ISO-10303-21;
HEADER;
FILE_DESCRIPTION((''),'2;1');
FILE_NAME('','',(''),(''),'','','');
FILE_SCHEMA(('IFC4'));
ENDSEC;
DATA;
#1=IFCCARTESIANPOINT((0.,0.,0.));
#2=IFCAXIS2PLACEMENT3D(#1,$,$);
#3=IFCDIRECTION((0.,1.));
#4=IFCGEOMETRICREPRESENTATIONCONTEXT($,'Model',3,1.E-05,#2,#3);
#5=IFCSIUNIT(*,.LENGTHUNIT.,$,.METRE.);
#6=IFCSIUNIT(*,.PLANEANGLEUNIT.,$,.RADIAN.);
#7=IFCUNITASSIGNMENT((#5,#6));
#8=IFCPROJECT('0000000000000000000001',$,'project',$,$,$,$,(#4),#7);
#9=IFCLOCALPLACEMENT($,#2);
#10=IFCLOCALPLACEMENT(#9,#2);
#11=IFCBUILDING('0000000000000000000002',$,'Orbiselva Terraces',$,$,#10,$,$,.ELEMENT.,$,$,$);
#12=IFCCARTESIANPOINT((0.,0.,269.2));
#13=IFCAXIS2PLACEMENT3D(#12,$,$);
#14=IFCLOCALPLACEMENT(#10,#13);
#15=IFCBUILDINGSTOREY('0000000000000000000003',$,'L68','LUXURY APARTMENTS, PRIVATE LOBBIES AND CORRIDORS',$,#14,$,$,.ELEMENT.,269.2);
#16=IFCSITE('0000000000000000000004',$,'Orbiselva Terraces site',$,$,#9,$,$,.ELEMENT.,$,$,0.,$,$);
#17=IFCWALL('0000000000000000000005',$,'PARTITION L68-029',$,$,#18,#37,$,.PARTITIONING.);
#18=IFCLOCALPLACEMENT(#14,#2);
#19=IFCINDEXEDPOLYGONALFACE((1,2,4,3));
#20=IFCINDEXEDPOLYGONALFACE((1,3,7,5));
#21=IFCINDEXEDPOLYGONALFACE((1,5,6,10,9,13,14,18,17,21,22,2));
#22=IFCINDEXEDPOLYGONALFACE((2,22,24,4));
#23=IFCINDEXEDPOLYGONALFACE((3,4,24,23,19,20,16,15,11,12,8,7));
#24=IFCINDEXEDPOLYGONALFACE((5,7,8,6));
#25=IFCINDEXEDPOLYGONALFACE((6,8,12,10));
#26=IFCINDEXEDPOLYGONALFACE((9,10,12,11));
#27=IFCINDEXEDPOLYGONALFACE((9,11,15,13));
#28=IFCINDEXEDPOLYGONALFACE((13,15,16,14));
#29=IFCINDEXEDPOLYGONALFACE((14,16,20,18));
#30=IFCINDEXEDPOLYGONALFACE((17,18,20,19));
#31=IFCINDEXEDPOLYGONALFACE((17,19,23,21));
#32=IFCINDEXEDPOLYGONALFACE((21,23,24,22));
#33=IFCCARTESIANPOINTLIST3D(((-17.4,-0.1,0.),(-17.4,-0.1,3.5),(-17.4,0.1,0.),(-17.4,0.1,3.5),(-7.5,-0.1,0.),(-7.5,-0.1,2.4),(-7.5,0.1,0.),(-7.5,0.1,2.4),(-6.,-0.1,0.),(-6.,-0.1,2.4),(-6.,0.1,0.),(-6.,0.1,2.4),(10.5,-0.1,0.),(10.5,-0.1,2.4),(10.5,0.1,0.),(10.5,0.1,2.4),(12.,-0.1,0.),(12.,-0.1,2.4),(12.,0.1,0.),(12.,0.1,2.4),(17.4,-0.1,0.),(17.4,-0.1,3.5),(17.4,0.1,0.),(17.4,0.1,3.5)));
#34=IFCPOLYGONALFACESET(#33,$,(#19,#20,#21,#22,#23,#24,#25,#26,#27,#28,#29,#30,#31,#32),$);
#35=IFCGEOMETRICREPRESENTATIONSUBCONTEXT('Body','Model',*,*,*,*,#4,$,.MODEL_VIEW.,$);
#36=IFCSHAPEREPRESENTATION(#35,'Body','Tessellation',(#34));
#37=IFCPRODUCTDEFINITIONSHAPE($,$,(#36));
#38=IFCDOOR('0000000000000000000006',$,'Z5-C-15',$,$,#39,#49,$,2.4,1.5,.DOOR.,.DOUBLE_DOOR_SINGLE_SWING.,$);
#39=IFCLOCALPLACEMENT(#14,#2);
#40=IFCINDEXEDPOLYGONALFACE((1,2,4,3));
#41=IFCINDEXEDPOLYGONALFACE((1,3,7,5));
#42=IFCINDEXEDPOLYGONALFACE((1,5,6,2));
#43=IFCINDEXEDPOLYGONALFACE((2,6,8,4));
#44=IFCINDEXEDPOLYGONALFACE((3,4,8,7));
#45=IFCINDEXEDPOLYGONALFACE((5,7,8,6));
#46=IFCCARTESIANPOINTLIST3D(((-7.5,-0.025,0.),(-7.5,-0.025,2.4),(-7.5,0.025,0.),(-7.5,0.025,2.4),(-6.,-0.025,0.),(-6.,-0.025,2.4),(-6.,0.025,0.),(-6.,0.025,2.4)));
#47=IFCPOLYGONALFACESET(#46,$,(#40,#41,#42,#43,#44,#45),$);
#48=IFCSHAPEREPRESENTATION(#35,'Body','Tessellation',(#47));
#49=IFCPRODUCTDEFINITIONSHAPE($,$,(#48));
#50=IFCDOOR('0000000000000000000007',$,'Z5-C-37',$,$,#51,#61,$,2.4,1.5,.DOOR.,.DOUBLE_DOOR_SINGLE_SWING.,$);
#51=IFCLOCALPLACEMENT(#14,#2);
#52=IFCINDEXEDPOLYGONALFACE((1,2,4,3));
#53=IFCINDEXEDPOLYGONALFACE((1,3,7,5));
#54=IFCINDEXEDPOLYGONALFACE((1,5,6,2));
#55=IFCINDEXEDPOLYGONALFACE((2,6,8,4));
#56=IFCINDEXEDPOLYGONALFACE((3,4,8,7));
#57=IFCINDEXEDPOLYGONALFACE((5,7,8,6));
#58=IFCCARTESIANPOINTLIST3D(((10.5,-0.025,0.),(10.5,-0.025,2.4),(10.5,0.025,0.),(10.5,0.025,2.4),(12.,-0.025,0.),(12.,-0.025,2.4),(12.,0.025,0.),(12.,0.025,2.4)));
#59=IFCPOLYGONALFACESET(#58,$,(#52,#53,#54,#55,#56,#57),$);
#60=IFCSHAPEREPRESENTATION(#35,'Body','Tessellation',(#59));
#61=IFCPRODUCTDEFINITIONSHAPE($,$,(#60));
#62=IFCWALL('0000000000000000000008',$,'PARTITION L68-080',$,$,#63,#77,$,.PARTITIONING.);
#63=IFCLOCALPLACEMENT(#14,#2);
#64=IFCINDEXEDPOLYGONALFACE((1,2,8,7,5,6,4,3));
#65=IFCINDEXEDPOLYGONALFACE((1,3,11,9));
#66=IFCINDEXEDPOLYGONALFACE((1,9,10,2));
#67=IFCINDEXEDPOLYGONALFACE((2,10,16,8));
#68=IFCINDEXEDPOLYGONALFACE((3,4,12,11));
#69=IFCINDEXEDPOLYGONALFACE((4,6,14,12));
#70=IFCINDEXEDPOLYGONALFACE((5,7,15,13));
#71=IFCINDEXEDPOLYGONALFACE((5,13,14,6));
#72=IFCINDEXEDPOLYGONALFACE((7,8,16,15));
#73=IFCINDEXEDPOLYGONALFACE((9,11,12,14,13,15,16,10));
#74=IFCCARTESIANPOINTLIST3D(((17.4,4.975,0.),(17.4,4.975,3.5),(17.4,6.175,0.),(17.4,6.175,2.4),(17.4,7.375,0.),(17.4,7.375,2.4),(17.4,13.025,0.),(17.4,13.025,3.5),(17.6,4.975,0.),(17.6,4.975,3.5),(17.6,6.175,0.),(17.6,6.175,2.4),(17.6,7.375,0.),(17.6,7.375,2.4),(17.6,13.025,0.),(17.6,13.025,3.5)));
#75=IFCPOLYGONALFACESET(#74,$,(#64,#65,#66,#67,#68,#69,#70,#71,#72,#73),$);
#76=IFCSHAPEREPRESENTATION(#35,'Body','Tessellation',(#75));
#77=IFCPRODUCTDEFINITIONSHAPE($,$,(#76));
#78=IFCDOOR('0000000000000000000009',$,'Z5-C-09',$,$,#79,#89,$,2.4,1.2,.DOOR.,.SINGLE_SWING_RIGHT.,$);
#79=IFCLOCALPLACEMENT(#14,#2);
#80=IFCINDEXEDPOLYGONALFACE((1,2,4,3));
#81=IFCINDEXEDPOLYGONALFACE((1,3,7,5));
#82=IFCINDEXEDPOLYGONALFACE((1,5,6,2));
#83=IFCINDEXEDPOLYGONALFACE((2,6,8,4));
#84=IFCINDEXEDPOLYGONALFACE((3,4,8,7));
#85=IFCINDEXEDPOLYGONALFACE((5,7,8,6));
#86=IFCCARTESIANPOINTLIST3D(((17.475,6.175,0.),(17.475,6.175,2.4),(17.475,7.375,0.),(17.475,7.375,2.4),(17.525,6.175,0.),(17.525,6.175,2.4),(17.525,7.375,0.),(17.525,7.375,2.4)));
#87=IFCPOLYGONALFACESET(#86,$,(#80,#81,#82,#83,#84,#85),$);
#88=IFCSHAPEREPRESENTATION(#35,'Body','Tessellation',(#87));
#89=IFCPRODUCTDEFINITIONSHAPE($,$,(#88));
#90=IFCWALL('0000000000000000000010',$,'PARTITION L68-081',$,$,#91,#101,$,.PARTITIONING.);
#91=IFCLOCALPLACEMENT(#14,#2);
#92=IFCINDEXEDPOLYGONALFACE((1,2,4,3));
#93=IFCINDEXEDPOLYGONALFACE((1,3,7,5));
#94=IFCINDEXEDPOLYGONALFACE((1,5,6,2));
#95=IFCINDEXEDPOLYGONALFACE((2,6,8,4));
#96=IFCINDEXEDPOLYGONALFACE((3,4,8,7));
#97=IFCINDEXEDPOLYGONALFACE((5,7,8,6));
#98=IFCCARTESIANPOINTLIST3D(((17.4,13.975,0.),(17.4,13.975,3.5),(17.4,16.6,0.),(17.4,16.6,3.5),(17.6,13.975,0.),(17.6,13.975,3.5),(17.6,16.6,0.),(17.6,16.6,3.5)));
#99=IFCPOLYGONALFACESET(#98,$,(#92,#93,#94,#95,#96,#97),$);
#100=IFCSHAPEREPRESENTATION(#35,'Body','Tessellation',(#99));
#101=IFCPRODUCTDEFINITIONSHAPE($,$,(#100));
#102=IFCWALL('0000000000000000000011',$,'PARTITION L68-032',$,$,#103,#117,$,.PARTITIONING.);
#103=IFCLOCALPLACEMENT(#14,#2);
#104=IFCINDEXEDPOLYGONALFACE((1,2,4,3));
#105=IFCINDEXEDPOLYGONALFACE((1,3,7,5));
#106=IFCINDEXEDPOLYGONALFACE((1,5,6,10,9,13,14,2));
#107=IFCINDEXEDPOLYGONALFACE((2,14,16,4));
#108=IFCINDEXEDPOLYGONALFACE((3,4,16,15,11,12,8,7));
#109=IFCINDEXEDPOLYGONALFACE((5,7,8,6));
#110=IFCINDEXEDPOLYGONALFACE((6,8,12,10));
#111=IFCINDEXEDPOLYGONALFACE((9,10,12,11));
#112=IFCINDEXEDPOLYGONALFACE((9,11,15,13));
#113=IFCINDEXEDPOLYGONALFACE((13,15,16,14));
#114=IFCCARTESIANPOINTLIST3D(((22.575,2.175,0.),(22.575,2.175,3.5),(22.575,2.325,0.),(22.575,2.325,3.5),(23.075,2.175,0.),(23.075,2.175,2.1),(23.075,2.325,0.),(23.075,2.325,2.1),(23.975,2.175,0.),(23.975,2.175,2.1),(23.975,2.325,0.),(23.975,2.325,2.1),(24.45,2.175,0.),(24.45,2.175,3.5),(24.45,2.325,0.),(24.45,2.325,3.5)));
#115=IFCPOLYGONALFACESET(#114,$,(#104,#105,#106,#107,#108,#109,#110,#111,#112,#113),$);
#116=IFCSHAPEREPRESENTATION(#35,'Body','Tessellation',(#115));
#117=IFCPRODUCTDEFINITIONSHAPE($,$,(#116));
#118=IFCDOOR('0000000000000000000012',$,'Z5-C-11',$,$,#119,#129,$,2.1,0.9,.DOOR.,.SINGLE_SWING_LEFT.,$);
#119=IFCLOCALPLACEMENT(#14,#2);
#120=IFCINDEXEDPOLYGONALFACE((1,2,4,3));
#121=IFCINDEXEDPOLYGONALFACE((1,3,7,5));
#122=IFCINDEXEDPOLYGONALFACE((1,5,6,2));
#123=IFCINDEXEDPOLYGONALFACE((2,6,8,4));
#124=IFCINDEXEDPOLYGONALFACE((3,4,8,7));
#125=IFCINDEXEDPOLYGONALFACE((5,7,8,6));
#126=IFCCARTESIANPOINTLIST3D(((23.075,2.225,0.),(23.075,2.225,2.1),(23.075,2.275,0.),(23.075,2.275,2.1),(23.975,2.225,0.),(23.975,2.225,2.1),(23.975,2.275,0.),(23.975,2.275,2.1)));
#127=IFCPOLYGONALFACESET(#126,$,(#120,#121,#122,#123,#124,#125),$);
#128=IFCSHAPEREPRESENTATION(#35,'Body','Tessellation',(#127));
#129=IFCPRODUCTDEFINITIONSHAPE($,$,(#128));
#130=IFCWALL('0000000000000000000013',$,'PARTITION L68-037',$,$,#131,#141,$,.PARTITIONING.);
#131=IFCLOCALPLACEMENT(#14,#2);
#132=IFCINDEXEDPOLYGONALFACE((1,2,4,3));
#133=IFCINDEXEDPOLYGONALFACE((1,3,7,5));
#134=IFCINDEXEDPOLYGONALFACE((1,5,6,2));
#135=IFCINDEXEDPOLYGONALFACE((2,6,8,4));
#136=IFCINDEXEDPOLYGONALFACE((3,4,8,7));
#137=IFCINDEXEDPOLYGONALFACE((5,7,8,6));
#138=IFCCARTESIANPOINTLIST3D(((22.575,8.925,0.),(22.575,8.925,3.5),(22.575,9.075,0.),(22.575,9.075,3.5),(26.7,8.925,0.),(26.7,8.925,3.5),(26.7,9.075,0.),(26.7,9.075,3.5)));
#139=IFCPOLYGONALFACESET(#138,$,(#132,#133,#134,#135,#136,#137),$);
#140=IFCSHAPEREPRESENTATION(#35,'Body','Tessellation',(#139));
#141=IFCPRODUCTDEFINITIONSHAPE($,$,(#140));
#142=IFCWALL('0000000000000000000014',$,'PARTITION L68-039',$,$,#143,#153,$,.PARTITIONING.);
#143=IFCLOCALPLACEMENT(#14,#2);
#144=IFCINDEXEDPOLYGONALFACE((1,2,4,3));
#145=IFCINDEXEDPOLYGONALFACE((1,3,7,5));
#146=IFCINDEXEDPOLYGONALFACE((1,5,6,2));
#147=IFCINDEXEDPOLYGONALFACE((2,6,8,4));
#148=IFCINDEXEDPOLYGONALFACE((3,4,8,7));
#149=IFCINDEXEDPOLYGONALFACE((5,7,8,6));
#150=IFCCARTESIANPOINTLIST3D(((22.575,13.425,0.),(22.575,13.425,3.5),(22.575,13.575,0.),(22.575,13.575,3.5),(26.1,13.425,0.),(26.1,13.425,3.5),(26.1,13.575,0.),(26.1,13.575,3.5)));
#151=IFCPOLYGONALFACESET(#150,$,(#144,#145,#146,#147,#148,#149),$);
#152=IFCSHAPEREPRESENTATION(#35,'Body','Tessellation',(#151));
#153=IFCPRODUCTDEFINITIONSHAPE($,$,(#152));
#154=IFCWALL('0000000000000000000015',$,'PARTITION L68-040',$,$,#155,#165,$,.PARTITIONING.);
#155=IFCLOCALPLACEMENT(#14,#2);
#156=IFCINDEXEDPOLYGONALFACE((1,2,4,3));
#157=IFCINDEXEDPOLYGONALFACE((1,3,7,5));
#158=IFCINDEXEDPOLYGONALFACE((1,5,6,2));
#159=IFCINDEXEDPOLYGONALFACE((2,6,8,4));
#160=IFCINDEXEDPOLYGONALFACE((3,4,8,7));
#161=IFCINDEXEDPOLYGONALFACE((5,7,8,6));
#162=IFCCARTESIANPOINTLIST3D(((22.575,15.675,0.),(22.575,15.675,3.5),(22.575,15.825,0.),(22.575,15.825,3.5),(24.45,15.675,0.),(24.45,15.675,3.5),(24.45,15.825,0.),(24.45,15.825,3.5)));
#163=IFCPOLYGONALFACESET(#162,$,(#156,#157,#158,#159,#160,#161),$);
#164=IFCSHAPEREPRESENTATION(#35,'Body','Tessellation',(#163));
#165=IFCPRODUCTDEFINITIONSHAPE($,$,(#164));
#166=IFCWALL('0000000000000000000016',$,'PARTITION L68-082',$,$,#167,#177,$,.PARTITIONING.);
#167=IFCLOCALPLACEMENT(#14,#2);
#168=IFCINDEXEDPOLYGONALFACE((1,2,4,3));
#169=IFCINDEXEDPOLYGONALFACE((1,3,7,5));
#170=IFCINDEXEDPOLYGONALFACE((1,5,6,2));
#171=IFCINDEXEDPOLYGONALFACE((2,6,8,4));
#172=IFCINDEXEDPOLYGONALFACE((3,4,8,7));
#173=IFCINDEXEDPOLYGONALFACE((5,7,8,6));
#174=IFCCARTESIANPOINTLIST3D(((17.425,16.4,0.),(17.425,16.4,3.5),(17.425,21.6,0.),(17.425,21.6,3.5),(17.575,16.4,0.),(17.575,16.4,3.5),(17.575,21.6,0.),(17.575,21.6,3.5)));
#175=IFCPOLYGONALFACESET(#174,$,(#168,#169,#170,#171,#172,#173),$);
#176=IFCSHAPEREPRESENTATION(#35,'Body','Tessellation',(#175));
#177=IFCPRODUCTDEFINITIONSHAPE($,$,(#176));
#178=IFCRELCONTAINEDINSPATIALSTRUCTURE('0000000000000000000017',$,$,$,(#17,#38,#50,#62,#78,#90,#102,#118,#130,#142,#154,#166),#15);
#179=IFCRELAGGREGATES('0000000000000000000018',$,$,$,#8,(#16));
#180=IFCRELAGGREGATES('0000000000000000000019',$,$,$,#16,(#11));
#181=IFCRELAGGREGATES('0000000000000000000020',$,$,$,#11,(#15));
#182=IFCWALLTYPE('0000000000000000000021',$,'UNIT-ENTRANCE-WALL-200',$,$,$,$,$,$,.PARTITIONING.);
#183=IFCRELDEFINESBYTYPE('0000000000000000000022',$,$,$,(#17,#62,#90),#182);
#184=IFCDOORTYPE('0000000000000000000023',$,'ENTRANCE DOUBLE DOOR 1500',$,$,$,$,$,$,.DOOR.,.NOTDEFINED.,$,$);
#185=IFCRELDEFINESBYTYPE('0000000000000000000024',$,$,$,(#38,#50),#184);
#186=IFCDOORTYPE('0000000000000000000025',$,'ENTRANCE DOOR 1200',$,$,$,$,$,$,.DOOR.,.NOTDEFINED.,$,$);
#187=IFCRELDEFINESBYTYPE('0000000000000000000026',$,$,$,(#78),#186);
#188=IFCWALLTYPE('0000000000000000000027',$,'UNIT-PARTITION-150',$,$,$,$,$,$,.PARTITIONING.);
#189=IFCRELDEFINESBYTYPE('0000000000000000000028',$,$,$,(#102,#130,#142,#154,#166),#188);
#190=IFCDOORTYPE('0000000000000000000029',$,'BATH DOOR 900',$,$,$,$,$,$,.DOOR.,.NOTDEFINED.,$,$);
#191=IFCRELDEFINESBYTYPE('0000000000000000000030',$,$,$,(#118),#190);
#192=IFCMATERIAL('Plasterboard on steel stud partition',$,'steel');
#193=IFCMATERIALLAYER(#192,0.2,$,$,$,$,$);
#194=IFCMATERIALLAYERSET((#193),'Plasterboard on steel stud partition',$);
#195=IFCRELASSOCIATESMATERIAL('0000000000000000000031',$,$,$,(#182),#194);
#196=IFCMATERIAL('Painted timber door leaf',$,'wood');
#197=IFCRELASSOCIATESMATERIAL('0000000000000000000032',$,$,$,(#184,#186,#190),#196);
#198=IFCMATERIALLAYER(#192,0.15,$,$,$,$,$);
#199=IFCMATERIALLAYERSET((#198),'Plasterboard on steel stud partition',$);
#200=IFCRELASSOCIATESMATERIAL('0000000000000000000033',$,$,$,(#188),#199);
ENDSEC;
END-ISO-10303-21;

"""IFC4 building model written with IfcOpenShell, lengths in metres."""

from ifc_helpers import new_model, si_unit, direction, frame, frame_2d, origin, place, context, subcontext, project, spatial, rectangle, extrude, material, layer, layer_set, type_object, element, fill, save


model = new_model("IFC4")

# Units and contexts
model_context = context("Model", 3, precision=1e-05, world=origin(), true_north=direction((0.0, 1.0)))
body_context = subcontext(model_context, "Body", "Model", "MODEL_VIEW")
ifc_project = project(units=[si_unit("LENGTHUNIT", "METRE"), si_unit("PLANEANGLEUNIT", "RADIAN")], contexts=[model_context])

# Site, building, storey
site_placement = place(None, origin())
site = spatial("IfcSite", under=ifc_project, at=site_placement, Name="Orbiselva Terraces site", CompositionType="ELEMENT", RefElevation=0.0)
building_placement = place(site_placement, origin())
building = spatial("IfcBuilding", under=site, at=building_placement, Name="Orbiselva Terraces", CompositionType="ELEMENT")
storey_placement = place(building_placement, frame((0.0, 0.0, 269.2)))
storey = spatial("IfcBuildingStorey", under=building, at=storey_placement, Name="L68", Description="LUXURY APARTMENTS, PRIVATE LOBBIES AND CORRIDORS", CompositionType="ELEMENT", Elevation=269.2)

# Wall, openings, doors
ifc_material_1 = material(Name="Plasterboard on steel stud partition", Category="steel")
ifc_layer_1 = layer(ifc_material_1, 0.2)
ifc_layer_set_1 = layer_set([ifc_layer_1], Name="Plasterboard on steel stud partition")
wall_type_1 = type_object("IfcWallType", Name="UNIT-ENTRANCE-WALL-200", PredefinedType="PARTITIONING", material=ifc_layer_set_1)
wall_1_placement = place(storey_placement, frame((17.4, 0.0, 0.0), z_axis=(0.0, 0.0, 1.0), x_axis=(-1.0, 0.0, 0.0)))
wall_1 = element("IfcWall", 1, at=wall_1_placement, inside=storey, type_object=wall_type_1, Name="PARTITION L68-029", PredefinedType="PARTITIONING", context=body_context, shape_type="SweptSolid", body=[
    extrude(rectangle(XDim=34.8, YDim=0.2, at=frame_2d((17.4, 0.0))), origin(), (0.0, 0.0, 1.0), 3.5),
])
opening_1_placement = place(wall_1_placement, frame((23.4, 0.0, 0.0)))
opening_1 = element("IfcOpeningElement", 2, at=opening_1_placement, cuts=wall_1, PredefinedType="OPENING", context=body_context, shape_type="SweptSolid", body=[
    extrude(rectangle(XDim=1.5, YDim=2.4, at=frame_2d((0.75, 1.2))), frame((0.0, 0.11, 0.0), z_axis=(0.0, -1.0, 0.0), x_axis=(1.0, 0.0, 0.0)), (0.0, 0.0, 1.0), 0.22),
])
opening_2_placement = place(wall_1_placement, frame((5.4, 0.0, 0.0)))
opening_2 = element("IfcOpeningElement", 3, at=opening_2_placement, cuts=wall_1, PredefinedType="OPENING", context=body_context, shape_type="SweptSolid", body=[
    extrude(rectangle(XDim=1.5, YDim=2.4, at=frame_2d((0.75, 1.2))), frame((0.0, 0.11, 0.0), z_axis=(0.0, -1.0, 0.0), x_axis=(1.0, 0.0, 0.0)), (0.0, 0.0, 1.0), 0.22),
])
ifc_material_2 = material(Name="Painted timber door leaf", Category="wood")
door_type_1 = type_object("IfcDoorType", Name="ENTRANCE DOUBLE DOOR 1500", OperationType="NOTDEFINED", PredefinedType="DOOR", material=ifc_material_2)
door_1_placement = place(opening_1_placement, origin())
door_1 = element("IfcDoor", 4, at=door_1_placement, inside=storey, type_object=door_type_1, Name="Z5-C-15", OperationType="DOUBLE_DOOR_SINGLE_SWING", OverallHeight=2.4, OverallWidth=1.5, PredefinedType="DOOR", context=body_context, shape_type="SweptSolid", body=[
    extrude(rectangle(XDim=1.5, YDim=2.4, at=frame_2d((0.75, 1.2))), frame((0.0, 0.025, 0.0), z_axis=(0.0, -1.0, 0.0), x_axis=(1.0, 0.0, 0.0)), (0.0, 0.0, 1.0), 0.05),
])
fill(opening_1, door_1)
door_2_placement = place(opening_2_placement, origin())
door_2 = element("IfcDoor", 5, at=door_2_placement, inside=storey, type_object=door_type_1, Name="Z5-C-37", OperationType="DOUBLE_DOOR_SINGLE_SWING", OverallHeight=2.4, OverallWidth=1.5, PredefinedType="DOOR", context=body_context, shape_type="SweptSolid", body=[
    extrude(rectangle(XDim=1.5, YDim=2.4, at=frame_2d((0.75, 1.2))), frame((0.0, 0.025, 0.0), z_axis=(0.0, -1.0, 0.0), x_axis=(1.0, 0.0, 0.0)), (0.0, 0.0, 1.0), 0.05),
])
fill(opening_2, door_2)

# Wall, opening, door
wall_2_placement = place(storey_placement, frame((17.5, 13.025, 0.0), z_axis=(0.0, 0.0, 1.0), x_axis=(0.0, -1.0, 0.0)))
wall_2 = element("IfcWall", 6, at=wall_2_placement, inside=storey, type_object=wall_type_1, Name="PARTITION L68-080", PredefinedType="PARTITIONING", context=body_context, shape_type="SweptSolid", body=[
    extrude(rectangle(XDim=8.05, YDim=0.2, at=frame_2d((4.025, 0.0))), origin(), (0.0, 0.0, 1.0), 3.5),
])
opening_3_placement = place(wall_2_placement, frame((5.65, 0.0, 0.0)))
opening_3 = element("IfcOpeningElement", 7, at=opening_3_placement, cuts=wall_2, PredefinedType="OPENING", context=body_context, shape_type="SweptSolid", body=[
    extrude(rectangle(XDim=1.2, YDim=2.4, at=frame_2d((0.6, 1.2))), frame((0.0, 0.11, 0.0), z_axis=(0.0, -1.0, 0.0), x_axis=(1.0, 0.0, 0.0)), (0.0, 0.0, 1.0), 0.22),
])
door_type_2 = type_object("IfcDoorType", Name="ENTRANCE DOOR 1200", OperationType="NOTDEFINED", PredefinedType="DOOR", material=ifc_material_2)
door_3_placement = place(opening_3_placement, origin())
door_3 = element("IfcDoor", 8, at=door_3_placement, inside=storey, type_object=door_type_2, Name="Z5-C-09", OperationType="SINGLE_SWING_RIGHT", OverallHeight=2.4, OverallWidth=1.2, PredefinedType="DOOR", context=body_context, shape_type="SweptSolid", body=[
    extrude(rectangle(XDim=1.2, YDim=2.4, at=frame_2d((0.6, 1.2))), frame((0.0, 0.025, 0.0), z_axis=(0.0, -1.0, 0.0), x_axis=(1.0, 0.0, 0.0)), (0.0, 0.0, 1.0), 0.05),
])
fill(opening_3, door_3)

# Wall
wall_3_placement = place(storey_placement, frame((17.5, 13.975, 0.0), z_axis=(0.0, 0.0, 1.0), x_axis=(0.0, 1.0, 0.0)))
element("IfcWall", 9, at=wall_3_placement, inside=storey, type_object=wall_type_1, Name="PARTITION L68-081", PredefinedType="PARTITIONING", context=body_context, shape_type="SweptSolid", body=[
    extrude(rectangle(XDim=2.625, YDim=0.2, at=frame_2d((1.3125, 0.0))), origin(), (0.0, 0.0, 1.0), 3.5),
])

# Wall, opening, door
ifc_layer_2 = layer(ifc_material_1, 0.15)
ifc_layer_set_2 = layer_set([ifc_layer_2], Name="Plasterboard on steel stud partition")
wall_type_2 = type_object("IfcWallType", Name="UNIT-PARTITION-150", PredefinedType="PARTITIONING", material=ifc_layer_set_2)
wall_4_placement = place(storey_placement, frame((24.45, 2.25, 0.0), z_axis=(0.0, 0.0, 1.0), x_axis=(-1.0, 0.0, 0.0)))
wall_4 = element("IfcWall", 10, at=wall_4_placement, inside=storey, type_object=wall_type_2, Name="PARTITION L68-032", PredefinedType="PARTITIONING", context=body_context, shape_type="SweptSolid", body=[
    extrude(rectangle(XDim=1.875, YDim=0.15, at=frame_2d((0.9375, 0.0))), origin(), (0.0, 0.0, 1.0), 3.5),
])
opening_4_placement = place(wall_4_placement, frame((0.475, 0.0, 0.0)))
opening_4 = element("IfcOpeningElement", 11, at=opening_4_placement, cuts=wall_4, PredefinedType="OPENING", context=body_context, shape_type="SweptSolid", body=[
    extrude(rectangle(XDim=0.9, YDim=2.1, at=frame_2d((0.45, 1.05))), frame((0.0, 0.085, 0.0), z_axis=(0.0, -1.0, 0.0), x_axis=(1.0, 0.0, 0.0)), (0.0, 0.0, 1.0), 0.17),
])
door_type_3 = type_object("IfcDoorType", Name="BATH DOOR 900", OperationType="NOTDEFINED", PredefinedType="DOOR", material=ifc_material_2)
door_4_placement = place(opening_4_placement, origin())
door_4 = element("IfcDoor", 12, at=door_4_placement, inside=storey, type_object=door_type_3, Name="Z5-C-11", OperationType="SINGLE_SWING_LEFT", OverallHeight=2.1, OverallWidth=0.9, PredefinedType="DOOR", context=body_context, shape_type="SweptSolid", body=[
    extrude(rectangle(XDim=0.9, YDim=2.1, at=frame_2d((0.45, 1.05))), frame((0.0, 0.025, 0.0), z_axis=(0.0, -1.0, 0.0), x_axis=(1.0, 0.0, 0.0)), (0.0, 0.0, 1.0), 0.05),
])
fill(opening_4, door_4)

# Walls
wall_5_placement = place(storey_placement, frame((22.575, 9.0, 0.0), z_axis=(0.0, 0.0, 1.0), x_axis=(1.0, 0.0, 0.0)))
element("IfcWall", 13, at=wall_5_placement, inside=storey, type_object=wall_type_2, Name="PARTITION L68-037", PredefinedType="PARTITIONING", context=body_context, shape_type="SweptSolid", body=[
    extrude(rectangle(XDim=4.125, YDim=0.15, at=frame_2d((2.0625, 0.0))), origin(), (0.0, 0.0, 1.0), 3.5),
])
wall_6_placement = place(storey_placement, frame((22.575, 13.5, 0.0), z_axis=(0.0, 0.0, 1.0), x_axis=(1.0, 0.0, 0.0)))
element("IfcWall", 14, at=wall_6_placement, inside=storey, type_object=wall_type_2, Name="PARTITION L68-039", PredefinedType="PARTITIONING", context=body_context, shape_type="SweptSolid", body=[
    extrude(rectangle(XDim=3.525, YDim=0.15, at=frame_2d((1.7625, 0.0))), origin(), (0.0, 0.0, 1.0), 3.5),
])
wall_7_placement = place(storey_placement, frame((22.575, 15.75, 0.0), z_axis=(0.0, 0.0, 1.0), x_axis=(1.0, 0.0, 0.0)))
element("IfcWall", 15, at=wall_7_placement, inside=storey, type_object=wall_type_2, Name="PARTITION L68-040", PredefinedType="PARTITIONING", context=body_context, shape_type="SweptSolid", body=[
    extrude(rectangle(XDim=1.875, YDim=0.15, at=frame_2d((0.9375, 0.0))), origin(), (0.0, 0.0, 1.0), 3.5),
])
wall_8_placement = place(storey_placement, frame((17.5, 16.4, 0.0), z_axis=(0.0, 0.0, 1.0), x_axis=(0.0, 1.0, 0.0)))
element("IfcWall", 16, at=wall_8_placement, inside=storey, type_object=wall_type_2, Name="PARTITION L68-082", PredefinedType="PARTITIONING", context=body_context, shape_type="SweptSolid", body=[
    extrude(rectangle(XDim=5.2, YDim=0.15, at=frame_2d((2.6, 0.0))), origin(), (0.0, 0.0, 1.0), 3.5),
])

save(model, "model.ifc")
